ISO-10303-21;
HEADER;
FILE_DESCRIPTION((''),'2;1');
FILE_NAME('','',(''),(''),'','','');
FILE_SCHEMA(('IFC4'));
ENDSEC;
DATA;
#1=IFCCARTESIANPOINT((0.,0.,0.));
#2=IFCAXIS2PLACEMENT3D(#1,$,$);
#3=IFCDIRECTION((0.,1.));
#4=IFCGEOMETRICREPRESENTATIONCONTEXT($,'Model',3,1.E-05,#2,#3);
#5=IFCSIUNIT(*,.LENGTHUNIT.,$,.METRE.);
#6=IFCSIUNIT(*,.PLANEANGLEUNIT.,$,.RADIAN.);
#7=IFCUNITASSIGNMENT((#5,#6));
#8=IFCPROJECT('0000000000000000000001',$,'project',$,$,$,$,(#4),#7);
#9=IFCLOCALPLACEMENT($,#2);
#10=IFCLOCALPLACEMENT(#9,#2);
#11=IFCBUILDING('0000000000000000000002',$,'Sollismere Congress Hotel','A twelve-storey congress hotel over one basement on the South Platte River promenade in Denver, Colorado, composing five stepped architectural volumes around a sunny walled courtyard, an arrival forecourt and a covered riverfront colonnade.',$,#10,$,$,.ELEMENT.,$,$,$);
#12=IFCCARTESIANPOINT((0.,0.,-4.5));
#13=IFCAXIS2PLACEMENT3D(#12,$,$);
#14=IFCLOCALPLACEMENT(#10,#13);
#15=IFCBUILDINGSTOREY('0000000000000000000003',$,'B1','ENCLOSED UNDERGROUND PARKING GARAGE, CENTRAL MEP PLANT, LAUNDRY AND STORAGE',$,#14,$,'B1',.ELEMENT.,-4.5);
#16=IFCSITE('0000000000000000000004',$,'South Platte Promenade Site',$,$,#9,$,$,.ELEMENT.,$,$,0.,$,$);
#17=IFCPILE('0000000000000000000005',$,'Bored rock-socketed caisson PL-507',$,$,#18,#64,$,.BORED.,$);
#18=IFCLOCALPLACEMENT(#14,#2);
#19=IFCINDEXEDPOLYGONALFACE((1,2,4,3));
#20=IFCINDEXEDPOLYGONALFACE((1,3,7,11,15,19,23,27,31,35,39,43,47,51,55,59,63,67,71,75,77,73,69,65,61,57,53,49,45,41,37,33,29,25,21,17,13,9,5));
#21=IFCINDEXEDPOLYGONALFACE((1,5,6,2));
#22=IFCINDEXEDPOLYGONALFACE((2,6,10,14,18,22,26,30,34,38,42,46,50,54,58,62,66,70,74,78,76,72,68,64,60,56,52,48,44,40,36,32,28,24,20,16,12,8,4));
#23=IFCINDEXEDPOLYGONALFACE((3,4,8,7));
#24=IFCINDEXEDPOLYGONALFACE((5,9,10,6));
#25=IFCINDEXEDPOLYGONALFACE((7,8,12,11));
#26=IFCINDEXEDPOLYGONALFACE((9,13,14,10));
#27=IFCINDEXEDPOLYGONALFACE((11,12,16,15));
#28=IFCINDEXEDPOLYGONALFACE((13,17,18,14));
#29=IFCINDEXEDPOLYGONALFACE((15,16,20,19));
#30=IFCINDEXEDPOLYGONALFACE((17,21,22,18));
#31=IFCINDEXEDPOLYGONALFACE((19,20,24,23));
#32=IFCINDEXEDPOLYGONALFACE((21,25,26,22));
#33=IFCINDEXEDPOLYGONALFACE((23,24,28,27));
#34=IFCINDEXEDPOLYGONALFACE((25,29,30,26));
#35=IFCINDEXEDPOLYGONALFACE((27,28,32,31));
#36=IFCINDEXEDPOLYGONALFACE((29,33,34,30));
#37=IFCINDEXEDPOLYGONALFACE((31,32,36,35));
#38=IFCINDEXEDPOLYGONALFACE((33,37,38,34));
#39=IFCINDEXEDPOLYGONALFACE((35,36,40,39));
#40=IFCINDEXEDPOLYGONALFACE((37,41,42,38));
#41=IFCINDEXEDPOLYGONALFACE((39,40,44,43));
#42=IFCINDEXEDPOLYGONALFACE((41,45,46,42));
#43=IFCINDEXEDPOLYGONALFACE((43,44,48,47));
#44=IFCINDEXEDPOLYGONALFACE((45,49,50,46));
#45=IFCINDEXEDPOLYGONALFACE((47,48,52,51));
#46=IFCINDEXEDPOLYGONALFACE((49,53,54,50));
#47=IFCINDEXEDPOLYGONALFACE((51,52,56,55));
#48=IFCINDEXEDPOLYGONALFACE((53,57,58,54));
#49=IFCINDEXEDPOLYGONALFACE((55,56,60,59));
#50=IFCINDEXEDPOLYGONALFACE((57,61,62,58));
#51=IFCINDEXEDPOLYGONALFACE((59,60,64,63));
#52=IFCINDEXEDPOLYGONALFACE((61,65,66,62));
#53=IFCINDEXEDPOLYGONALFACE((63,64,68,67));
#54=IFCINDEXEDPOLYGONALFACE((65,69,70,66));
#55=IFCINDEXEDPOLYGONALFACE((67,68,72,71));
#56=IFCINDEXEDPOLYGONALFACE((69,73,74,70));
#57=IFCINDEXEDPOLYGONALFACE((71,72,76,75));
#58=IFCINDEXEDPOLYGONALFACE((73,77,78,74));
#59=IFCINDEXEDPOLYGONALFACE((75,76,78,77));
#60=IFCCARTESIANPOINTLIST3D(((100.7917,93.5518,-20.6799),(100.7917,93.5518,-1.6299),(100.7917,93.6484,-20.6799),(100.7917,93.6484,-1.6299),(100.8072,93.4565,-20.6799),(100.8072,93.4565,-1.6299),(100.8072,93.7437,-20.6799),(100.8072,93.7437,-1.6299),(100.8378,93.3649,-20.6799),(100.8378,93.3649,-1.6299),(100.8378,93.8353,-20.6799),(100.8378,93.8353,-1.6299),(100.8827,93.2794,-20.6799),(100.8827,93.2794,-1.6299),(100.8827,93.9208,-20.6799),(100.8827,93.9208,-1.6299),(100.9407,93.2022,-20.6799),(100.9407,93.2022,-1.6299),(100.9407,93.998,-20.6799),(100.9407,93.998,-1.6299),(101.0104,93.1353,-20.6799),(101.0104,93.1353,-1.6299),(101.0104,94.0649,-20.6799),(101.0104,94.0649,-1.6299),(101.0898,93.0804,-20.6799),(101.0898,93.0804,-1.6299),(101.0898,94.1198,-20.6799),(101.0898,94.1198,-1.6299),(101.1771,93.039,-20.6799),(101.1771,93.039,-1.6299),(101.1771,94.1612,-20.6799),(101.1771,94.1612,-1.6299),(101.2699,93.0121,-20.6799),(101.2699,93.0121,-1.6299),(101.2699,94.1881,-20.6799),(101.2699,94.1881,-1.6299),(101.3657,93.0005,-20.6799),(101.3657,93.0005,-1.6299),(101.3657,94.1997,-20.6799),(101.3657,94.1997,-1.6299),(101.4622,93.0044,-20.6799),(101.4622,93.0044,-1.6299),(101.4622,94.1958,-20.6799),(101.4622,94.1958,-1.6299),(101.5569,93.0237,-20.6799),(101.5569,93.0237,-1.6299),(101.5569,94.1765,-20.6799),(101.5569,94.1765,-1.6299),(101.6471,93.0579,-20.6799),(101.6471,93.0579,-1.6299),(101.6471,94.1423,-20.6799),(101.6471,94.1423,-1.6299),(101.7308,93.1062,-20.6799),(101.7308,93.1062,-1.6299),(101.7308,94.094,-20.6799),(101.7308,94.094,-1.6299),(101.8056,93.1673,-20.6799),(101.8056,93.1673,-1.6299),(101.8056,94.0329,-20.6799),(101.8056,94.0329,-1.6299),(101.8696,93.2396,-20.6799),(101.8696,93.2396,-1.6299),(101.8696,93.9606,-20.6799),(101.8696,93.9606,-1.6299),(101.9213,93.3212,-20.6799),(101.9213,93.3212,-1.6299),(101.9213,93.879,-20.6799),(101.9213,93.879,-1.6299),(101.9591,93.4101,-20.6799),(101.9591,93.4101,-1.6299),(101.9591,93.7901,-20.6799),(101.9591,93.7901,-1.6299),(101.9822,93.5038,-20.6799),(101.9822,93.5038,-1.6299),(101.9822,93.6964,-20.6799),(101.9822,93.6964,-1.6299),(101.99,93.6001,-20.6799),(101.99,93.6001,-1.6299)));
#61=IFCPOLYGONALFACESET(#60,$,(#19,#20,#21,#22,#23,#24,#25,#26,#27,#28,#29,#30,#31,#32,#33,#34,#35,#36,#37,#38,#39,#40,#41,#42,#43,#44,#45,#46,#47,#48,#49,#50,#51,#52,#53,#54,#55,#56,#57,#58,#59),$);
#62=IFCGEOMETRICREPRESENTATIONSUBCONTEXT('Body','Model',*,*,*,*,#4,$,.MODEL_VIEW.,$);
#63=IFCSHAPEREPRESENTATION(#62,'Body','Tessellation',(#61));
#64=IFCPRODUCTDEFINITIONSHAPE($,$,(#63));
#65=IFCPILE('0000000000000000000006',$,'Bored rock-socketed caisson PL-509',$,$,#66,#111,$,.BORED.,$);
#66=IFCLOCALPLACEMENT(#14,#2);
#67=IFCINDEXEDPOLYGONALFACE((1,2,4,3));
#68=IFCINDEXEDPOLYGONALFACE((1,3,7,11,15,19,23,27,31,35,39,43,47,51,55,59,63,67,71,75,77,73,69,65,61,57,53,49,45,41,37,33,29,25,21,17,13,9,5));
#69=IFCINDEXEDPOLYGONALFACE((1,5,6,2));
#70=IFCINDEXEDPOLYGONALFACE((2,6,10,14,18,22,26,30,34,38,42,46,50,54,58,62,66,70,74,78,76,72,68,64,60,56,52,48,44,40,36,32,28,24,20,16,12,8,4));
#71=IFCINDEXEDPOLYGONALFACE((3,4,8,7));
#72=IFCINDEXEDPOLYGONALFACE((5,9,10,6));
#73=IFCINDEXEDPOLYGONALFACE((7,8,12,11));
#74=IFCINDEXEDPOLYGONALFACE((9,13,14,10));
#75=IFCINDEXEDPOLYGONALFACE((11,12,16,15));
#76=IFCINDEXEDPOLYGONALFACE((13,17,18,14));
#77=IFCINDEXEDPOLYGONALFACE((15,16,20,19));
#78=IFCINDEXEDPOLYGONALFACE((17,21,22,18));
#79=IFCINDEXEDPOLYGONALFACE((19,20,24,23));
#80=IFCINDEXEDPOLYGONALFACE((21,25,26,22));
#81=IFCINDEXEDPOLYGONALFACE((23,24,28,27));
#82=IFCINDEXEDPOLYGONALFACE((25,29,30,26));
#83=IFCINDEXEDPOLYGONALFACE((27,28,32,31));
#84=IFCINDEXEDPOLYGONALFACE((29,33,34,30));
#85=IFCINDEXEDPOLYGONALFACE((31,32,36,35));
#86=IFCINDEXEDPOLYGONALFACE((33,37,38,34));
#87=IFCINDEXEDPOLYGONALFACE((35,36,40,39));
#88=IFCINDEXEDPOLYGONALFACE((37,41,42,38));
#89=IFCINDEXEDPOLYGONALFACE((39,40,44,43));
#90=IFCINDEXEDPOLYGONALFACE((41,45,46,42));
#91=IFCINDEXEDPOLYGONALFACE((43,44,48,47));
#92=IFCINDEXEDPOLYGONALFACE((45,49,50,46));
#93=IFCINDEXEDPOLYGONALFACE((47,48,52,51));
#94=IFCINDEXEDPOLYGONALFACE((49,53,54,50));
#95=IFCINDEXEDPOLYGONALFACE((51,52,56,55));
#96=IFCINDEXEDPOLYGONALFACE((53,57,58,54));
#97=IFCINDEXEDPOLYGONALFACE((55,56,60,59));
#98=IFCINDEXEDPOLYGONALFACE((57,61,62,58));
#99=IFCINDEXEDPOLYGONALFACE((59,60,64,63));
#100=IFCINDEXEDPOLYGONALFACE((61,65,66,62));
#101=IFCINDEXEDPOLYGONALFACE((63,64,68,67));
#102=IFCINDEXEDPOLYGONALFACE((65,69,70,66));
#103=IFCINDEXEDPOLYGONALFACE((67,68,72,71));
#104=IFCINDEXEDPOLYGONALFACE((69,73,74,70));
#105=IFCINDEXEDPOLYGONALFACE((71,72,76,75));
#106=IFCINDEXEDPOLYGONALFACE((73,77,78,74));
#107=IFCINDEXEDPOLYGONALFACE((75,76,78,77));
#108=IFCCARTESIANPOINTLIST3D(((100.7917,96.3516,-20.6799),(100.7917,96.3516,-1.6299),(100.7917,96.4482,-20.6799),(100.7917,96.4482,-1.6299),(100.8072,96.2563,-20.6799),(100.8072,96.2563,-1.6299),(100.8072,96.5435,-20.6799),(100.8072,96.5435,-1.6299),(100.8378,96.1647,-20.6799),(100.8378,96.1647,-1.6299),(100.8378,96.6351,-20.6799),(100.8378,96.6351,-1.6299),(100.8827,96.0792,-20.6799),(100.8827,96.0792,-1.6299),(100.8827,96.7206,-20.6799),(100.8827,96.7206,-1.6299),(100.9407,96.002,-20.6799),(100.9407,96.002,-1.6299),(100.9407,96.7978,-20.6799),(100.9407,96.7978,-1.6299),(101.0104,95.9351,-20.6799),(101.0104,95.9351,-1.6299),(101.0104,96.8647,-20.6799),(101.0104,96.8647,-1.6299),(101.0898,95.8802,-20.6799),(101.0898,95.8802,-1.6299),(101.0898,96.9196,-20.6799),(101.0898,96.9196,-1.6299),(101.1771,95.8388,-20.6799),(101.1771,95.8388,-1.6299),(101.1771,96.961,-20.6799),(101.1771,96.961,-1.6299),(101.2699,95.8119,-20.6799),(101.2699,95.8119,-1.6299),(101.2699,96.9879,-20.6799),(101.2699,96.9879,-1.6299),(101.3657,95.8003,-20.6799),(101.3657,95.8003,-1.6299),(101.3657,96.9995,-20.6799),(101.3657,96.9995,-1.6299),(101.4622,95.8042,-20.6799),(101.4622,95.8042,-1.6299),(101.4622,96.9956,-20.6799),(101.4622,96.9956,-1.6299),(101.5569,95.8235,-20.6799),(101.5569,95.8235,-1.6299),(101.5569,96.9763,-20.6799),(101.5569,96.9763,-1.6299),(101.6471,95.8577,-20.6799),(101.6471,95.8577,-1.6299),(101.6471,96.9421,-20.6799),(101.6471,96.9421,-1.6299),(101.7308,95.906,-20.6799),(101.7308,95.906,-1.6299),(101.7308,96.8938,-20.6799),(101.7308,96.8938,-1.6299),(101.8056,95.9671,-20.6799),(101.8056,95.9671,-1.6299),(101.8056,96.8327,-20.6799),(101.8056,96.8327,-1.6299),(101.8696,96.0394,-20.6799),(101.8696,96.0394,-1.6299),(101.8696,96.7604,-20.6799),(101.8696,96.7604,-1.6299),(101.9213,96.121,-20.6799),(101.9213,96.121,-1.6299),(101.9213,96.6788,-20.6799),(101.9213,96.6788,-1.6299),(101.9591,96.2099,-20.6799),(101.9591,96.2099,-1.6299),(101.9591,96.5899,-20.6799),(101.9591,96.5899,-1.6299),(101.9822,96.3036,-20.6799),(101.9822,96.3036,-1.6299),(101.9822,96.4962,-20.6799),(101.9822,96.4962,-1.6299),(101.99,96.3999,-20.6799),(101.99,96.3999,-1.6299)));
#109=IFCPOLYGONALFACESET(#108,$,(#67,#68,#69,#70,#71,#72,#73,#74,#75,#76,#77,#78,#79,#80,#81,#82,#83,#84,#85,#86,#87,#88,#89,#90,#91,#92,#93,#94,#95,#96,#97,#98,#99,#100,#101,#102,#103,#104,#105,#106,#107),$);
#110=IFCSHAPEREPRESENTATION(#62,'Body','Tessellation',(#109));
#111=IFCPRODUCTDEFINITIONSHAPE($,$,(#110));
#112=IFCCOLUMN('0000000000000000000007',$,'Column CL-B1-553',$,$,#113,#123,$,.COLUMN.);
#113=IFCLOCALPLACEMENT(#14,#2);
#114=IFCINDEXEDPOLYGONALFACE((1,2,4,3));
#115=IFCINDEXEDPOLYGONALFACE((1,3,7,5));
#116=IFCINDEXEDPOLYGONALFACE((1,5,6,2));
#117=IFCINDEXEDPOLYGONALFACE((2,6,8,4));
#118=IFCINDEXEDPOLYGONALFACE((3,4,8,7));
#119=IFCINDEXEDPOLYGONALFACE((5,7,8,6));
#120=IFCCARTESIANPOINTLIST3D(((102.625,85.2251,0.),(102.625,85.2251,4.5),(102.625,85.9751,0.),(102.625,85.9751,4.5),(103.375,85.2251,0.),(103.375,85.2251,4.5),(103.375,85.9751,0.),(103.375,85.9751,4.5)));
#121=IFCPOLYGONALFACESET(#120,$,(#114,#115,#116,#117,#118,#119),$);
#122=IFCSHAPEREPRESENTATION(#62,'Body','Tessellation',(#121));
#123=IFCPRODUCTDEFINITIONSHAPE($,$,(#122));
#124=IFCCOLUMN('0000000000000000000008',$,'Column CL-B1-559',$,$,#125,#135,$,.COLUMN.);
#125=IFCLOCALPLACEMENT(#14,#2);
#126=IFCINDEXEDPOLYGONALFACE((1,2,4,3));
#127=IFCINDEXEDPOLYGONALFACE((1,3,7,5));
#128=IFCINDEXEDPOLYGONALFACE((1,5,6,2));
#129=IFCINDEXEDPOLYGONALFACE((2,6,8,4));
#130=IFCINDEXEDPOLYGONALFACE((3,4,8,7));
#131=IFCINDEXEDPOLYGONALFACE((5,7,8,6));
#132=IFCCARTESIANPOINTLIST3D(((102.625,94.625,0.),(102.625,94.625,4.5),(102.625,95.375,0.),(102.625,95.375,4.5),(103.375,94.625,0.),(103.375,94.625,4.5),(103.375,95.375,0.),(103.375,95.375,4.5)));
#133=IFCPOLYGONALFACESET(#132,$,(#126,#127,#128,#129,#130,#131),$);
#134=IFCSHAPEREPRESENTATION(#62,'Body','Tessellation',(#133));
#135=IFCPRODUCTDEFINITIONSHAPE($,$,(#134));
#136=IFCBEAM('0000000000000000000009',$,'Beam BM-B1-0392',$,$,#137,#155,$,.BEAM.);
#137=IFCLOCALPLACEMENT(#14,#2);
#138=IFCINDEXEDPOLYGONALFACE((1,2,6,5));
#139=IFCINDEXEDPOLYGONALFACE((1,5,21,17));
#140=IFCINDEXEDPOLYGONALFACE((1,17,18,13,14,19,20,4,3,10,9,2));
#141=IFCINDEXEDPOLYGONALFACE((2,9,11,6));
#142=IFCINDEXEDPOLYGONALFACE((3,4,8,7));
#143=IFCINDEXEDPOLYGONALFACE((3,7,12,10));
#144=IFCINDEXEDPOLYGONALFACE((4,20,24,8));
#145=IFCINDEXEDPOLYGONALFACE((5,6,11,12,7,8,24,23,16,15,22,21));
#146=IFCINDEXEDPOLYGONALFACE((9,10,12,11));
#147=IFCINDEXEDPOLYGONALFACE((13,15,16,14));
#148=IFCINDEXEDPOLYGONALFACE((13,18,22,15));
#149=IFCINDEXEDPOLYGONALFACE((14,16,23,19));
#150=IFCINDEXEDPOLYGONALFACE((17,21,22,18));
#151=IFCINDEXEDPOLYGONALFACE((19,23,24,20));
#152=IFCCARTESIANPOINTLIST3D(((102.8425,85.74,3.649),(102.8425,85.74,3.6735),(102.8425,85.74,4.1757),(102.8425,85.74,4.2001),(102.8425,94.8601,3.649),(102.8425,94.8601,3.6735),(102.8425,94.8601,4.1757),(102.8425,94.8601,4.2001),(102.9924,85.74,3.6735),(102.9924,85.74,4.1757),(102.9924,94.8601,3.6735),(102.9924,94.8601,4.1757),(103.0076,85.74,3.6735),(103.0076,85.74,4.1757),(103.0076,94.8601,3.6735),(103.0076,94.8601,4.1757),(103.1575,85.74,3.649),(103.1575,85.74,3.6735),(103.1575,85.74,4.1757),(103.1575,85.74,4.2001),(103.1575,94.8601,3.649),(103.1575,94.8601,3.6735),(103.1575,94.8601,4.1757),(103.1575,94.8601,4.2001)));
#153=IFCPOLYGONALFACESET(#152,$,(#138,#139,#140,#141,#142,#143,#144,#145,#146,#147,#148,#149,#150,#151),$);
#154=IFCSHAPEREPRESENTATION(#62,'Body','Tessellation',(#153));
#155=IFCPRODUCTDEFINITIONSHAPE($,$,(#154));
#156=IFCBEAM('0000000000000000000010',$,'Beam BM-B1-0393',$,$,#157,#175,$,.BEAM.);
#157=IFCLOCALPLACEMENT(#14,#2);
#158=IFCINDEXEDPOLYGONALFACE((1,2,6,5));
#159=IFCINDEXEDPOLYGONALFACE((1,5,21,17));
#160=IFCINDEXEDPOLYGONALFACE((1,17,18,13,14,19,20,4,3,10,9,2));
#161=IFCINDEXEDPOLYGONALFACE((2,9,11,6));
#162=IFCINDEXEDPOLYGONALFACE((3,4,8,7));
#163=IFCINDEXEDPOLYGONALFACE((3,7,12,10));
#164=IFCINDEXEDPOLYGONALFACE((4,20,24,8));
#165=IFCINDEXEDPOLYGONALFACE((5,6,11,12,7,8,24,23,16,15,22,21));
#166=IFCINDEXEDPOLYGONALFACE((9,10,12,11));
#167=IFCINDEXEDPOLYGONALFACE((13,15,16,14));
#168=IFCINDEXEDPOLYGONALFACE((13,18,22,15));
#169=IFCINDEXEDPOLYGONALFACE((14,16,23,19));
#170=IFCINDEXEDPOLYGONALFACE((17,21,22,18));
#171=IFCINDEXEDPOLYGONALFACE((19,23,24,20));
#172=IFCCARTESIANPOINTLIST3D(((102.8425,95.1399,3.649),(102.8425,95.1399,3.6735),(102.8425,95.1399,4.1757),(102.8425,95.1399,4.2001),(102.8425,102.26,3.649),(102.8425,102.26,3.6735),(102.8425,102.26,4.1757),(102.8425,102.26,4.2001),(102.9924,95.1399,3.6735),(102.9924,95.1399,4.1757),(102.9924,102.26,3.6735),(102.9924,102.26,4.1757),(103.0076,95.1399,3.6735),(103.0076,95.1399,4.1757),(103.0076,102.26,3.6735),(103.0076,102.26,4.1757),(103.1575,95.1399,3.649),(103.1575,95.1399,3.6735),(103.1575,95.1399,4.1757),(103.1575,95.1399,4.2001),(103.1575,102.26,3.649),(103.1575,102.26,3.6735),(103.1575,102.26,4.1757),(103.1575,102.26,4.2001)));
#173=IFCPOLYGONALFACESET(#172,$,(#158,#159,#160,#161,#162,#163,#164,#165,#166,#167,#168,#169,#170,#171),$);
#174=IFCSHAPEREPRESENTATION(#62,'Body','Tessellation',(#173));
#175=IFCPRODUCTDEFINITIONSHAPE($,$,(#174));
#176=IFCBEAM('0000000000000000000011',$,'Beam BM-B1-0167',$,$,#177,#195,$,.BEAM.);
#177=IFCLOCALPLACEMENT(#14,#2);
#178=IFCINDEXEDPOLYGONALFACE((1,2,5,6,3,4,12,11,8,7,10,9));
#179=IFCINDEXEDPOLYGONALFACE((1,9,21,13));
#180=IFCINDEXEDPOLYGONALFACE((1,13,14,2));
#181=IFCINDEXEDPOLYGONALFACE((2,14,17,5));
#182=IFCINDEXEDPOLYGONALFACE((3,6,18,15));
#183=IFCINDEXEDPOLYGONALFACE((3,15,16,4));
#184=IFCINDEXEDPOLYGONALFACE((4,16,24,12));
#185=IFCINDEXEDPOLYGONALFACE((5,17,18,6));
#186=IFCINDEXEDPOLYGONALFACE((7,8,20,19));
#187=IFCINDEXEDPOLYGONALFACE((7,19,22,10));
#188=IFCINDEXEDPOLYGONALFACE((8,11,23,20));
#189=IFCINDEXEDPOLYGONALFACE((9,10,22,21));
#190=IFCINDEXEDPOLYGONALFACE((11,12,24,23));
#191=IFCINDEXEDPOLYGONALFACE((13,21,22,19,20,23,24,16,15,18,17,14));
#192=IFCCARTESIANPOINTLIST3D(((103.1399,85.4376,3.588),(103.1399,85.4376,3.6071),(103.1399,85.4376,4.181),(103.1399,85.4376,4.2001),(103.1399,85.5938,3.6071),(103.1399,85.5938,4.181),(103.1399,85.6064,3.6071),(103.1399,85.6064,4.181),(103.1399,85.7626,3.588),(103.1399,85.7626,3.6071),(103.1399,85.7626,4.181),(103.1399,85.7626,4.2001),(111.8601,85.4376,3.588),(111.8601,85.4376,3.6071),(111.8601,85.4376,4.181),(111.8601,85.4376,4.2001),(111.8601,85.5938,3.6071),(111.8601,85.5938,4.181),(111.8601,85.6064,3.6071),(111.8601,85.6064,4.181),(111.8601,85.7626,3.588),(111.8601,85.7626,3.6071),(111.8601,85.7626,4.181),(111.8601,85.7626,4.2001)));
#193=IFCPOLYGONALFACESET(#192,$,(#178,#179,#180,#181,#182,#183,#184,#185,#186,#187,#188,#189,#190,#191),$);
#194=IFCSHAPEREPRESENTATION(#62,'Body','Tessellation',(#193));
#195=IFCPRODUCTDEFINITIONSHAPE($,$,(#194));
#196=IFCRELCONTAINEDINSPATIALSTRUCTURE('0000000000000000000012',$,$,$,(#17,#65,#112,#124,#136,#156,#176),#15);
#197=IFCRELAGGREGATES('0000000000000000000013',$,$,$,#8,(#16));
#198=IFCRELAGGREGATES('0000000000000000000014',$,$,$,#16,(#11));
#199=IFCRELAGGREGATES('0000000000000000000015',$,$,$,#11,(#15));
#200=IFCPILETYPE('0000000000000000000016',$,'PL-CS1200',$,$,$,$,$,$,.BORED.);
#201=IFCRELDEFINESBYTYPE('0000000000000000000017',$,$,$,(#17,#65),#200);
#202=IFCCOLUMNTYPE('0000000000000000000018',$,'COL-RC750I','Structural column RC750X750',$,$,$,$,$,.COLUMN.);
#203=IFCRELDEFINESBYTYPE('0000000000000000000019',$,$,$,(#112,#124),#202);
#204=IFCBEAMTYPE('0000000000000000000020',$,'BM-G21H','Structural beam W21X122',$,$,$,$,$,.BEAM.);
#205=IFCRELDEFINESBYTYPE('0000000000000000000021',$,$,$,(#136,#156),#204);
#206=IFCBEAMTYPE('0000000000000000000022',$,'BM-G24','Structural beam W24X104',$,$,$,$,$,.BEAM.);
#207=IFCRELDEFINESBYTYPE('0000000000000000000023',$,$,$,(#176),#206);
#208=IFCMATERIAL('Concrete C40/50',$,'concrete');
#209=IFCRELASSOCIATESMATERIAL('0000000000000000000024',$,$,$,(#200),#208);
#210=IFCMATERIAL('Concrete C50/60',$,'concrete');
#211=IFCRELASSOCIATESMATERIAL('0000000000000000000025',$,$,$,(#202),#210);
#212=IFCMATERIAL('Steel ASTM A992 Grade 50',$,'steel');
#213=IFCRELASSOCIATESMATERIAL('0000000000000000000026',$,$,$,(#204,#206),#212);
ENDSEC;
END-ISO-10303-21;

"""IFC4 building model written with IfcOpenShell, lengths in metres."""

from ifc_helpers import new_model, si_unit, direction, frame, origin, origin_2d, place, context, subcontext, project, spatial, rectangle, circle, i_section, extrude, material, material_profile, profile_set, type_object, element, save


model = new_model("IFC4")

# Units and contexts
model_context = context("Model", 3, precision=1e-05, world=origin(), true_north=direction((0.0, 1.0)))
body_context = subcontext(model_context, "Body", "Model", "MODEL_VIEW")
ifc_project = project(units=[si_unit("LENGTHUNIT", "METRE"), si_unit("PLANEANGLEUNIT", "RADIAN")], contexts=[model_context])

# Site, building, storey
site_placement = place(None, origin())
site = spatial("IfcSite", under=ifc_project, at=site_placement, Name="South Platte Promenade Site", CompositionType="ELEMENT", RefElevation=0.0)
building_placement = place(site_placement, origin())
building = spatial("IfcBuilding", under=site, at=building_placement, Name="Sollismere Congress Hotel", Description="A twelve-storey congress hotel over one basement on the South Platte River promenade in Denver, Colorado, composing five stepped architectural volumes around a sunny walled courtyard, an arrival forecourt and a covered riverfront colonnade.", CompositionType="ELEMENT")
storey_placement = place(building_placement, frame((0.0, 0.0, -4.5)))
storey = spatial("IfcBuildingStorey", under=building, at=storey_placement, Name="B1", Description="ENCLOSED UNDERGROUND PARKING GARAGE, CENTRAL MEP PLANT, LAUNDRY AND STORAGE", LongName="B1", CompositionType="ELEMENT", Elevation=-4.5)

# Shared definitions
ifc_material_1 = material(Name="Concrete C40/50", Category="concrete")

# Piles
ifc_material_profile_1 = material_profile(ifc_material_1, circle(Radius=0.6001, at=origin_2d()), Name="CAISSON1200")
ifc_profile_set_1 = profile_set([ifc_material_profile_1], Name="Concrete C40/50")
pile_type = type_object("IfcPileType", Name="PL-CS1200", PredefinedType="BORED", material=ifc_profile_set_1)
for number, where, z_axis, x_axis, name in (
    (1, (101.3899, 93.6001, -1.6299), (0.0, 0.0, -1.0), (1.0, 0.0, 0.0), "Bored rock-socketed caisson PL-507"),
    (2, (101.3899, 96.3999, -1.6299), (0.0, 0.0, -1.0), (1.0, 0.0, 0.0), "Bored rock-socketed caisson PL-509"),
):
    element("IfcPile", number, at=place(storey_placement, frame(where, z_axis=z_axis, x_axis=x_axis)), inside=storey, type_object=pile_type, Name=name, PredefinedType="BORED", context=body_context, shape_type="SweptSolid", body=[
        extrude(circle(Radius=0.6001, at=origin_2d()), origin(), (0.0, 0.0, 1.0), 19.05),
    ])

# Columns
ifc_material_2 = material(Name="Concrete C50/60", Category="concrete")
ifc_material_profile_2 = material_profile(ifc_material_2, rectangle(XDim=0.75, YDim=0.75, at=origin_2d()), Name="RC750X750")
ifc_profile_set_2 = profile_set([ifc_material_profile_2], Name="Concrete C50/60")
column_type = type_object("IfcColumnType", Name="COL-RC750I", Description="Structural column RC750X750", PredefinedType="COLUMN", material=ifc_profile_set_2)
for number, where, z_axis, x_axis, name in (
    (3, (103.0, 85.6001, 0.0), (0.0, 0.0, 1.0), (1.0, 0.0, 0.0), "Column CL-B1-553"),
    (4, (103.0, 95.0, 0.0), (0.0, 0.0, 1.0), (1.0, 0.0, 0.0), "Column CL-B1-559"),
):
    element("IfcColumn", number, at=place(storey_placement, frame(where, z_axis=z_axis, x_axis=x_axis)), inside=storey, type_object=column_type, Name=name, PredefinedType="COLUMN", context=body_context, shape_type="SweptSolid", body=[
        extrude(rectangle(XDim=0.75, YDim=0.75, at=origin_2d()), origin(), (0.0, 0.0, 1.0), 4.5),
    ])

# Beams
ifc_material_3 = material(Name="Steel ASTM A992 Grade 50", Category="steel")
ifc_material_profile_3 = material_profile(ifc_material_3, i_section(OverallWidth=0.3149, OverallDepth=0.551, WebThickness=0.0151, FlangeThickness=0.0244, at=origin_2d()), Name="W21X122")
ifc_profile_set_3 = profile_set([ifc_material_profile_3], Name="Steel ASTM A992 Grade 50")
beam_type_1 = type_object("IfcBeamType", Name="BM-G21H", Description="Structural beam W21X122", PredefinedType="BEAM", material=ifc_profile_set_3)
beam_1_placement = place(storey_placement, frame((103.0, 85.74, 3.9246), z_axis=(0.0, 1.0, 0.0), x_axis=(-1.0, 0.0, 0.0)))
element("IfcBeam", 5, at=beam_1_placement, inside=storey, type_object=beam_type_1, Name="Beam BM-B1-0392", PredefinedType="BEAM", context=body_context, shape_type="SweptSolid", body=[
    extrude(i_section(OverallWidth=0.3149, OverallDepth=0.551, WebThickness=0.0151, FlangeThickness=0.0244, at=origin_2d()), origin(), (0.0, 0.0, 1.0), 9.1201),
])
beam_2_placement = place(storey_placement, frame((103.0, 95.1399, 3.9246), z_axis=(0.0, 1.0, 0.0), x_axis=(-1.0, 0.0, 0.0)))
element("IfcBeam", 6, at=beam_2_placement, inside=storey, type_object=beam_type_1, Name="Beam BM-B1-0393", PredefinedType="BEAM", context=body_context, shape_type="SweptSolid", body=[
    extrude(i_section(OverallWidth=0.3149, OverallDepth=0.551, WebThickness=0.0151, FlangeThickness=0.0244, at=origin_2d()), origin(), (0.0, 0.0, 1.0), 7.1201),
])
ifc_material_profile_4 = material_profile(ifc_material_3, i_section(OverallWidth=0.325, OverallDepth=0.6121, WebThickness=0.0127, FlangeThickness=0.019, at=origin_2d()), Name="W24X104")
ifc_profile_set_4 = profile_set([ifc_material_profile_4], Name="Steel ASTM A992 Grade 50")
beam_type_2 = type_object("IfcBeamType", Name="BM-G24", Description="Structural beam W24X104", PredefinedType="BEAM", material=ifc_profile_set_4)
for number, where, z_axis, x_axis, name in (
    (7, (103.1399, 85.6001, 3.894), (1.0, 0.0, 0.0), (0.0, 1.0, 0.0), "Beam BM-B1-0167"),
):
    element("IfcBeam", number, at=place(storey_placement, frame(where, z_axis=z_axis, x_axis=x_axis)), inside=storey, type_object=beam_type_2, Name=name, PredefinedType="BEAM", context=body_context, shape_type="SweptSolid", body=[
        extrude(i_section(OverallWidth=0.325, OverallDepth=0.6121, WebThickness=0.0127, FlangeThickness=0.019, at=origin_2d()), origin(), (0.0, 0.0, 1.0), 8.7202),
    ])

save(model, "model.ifc")
